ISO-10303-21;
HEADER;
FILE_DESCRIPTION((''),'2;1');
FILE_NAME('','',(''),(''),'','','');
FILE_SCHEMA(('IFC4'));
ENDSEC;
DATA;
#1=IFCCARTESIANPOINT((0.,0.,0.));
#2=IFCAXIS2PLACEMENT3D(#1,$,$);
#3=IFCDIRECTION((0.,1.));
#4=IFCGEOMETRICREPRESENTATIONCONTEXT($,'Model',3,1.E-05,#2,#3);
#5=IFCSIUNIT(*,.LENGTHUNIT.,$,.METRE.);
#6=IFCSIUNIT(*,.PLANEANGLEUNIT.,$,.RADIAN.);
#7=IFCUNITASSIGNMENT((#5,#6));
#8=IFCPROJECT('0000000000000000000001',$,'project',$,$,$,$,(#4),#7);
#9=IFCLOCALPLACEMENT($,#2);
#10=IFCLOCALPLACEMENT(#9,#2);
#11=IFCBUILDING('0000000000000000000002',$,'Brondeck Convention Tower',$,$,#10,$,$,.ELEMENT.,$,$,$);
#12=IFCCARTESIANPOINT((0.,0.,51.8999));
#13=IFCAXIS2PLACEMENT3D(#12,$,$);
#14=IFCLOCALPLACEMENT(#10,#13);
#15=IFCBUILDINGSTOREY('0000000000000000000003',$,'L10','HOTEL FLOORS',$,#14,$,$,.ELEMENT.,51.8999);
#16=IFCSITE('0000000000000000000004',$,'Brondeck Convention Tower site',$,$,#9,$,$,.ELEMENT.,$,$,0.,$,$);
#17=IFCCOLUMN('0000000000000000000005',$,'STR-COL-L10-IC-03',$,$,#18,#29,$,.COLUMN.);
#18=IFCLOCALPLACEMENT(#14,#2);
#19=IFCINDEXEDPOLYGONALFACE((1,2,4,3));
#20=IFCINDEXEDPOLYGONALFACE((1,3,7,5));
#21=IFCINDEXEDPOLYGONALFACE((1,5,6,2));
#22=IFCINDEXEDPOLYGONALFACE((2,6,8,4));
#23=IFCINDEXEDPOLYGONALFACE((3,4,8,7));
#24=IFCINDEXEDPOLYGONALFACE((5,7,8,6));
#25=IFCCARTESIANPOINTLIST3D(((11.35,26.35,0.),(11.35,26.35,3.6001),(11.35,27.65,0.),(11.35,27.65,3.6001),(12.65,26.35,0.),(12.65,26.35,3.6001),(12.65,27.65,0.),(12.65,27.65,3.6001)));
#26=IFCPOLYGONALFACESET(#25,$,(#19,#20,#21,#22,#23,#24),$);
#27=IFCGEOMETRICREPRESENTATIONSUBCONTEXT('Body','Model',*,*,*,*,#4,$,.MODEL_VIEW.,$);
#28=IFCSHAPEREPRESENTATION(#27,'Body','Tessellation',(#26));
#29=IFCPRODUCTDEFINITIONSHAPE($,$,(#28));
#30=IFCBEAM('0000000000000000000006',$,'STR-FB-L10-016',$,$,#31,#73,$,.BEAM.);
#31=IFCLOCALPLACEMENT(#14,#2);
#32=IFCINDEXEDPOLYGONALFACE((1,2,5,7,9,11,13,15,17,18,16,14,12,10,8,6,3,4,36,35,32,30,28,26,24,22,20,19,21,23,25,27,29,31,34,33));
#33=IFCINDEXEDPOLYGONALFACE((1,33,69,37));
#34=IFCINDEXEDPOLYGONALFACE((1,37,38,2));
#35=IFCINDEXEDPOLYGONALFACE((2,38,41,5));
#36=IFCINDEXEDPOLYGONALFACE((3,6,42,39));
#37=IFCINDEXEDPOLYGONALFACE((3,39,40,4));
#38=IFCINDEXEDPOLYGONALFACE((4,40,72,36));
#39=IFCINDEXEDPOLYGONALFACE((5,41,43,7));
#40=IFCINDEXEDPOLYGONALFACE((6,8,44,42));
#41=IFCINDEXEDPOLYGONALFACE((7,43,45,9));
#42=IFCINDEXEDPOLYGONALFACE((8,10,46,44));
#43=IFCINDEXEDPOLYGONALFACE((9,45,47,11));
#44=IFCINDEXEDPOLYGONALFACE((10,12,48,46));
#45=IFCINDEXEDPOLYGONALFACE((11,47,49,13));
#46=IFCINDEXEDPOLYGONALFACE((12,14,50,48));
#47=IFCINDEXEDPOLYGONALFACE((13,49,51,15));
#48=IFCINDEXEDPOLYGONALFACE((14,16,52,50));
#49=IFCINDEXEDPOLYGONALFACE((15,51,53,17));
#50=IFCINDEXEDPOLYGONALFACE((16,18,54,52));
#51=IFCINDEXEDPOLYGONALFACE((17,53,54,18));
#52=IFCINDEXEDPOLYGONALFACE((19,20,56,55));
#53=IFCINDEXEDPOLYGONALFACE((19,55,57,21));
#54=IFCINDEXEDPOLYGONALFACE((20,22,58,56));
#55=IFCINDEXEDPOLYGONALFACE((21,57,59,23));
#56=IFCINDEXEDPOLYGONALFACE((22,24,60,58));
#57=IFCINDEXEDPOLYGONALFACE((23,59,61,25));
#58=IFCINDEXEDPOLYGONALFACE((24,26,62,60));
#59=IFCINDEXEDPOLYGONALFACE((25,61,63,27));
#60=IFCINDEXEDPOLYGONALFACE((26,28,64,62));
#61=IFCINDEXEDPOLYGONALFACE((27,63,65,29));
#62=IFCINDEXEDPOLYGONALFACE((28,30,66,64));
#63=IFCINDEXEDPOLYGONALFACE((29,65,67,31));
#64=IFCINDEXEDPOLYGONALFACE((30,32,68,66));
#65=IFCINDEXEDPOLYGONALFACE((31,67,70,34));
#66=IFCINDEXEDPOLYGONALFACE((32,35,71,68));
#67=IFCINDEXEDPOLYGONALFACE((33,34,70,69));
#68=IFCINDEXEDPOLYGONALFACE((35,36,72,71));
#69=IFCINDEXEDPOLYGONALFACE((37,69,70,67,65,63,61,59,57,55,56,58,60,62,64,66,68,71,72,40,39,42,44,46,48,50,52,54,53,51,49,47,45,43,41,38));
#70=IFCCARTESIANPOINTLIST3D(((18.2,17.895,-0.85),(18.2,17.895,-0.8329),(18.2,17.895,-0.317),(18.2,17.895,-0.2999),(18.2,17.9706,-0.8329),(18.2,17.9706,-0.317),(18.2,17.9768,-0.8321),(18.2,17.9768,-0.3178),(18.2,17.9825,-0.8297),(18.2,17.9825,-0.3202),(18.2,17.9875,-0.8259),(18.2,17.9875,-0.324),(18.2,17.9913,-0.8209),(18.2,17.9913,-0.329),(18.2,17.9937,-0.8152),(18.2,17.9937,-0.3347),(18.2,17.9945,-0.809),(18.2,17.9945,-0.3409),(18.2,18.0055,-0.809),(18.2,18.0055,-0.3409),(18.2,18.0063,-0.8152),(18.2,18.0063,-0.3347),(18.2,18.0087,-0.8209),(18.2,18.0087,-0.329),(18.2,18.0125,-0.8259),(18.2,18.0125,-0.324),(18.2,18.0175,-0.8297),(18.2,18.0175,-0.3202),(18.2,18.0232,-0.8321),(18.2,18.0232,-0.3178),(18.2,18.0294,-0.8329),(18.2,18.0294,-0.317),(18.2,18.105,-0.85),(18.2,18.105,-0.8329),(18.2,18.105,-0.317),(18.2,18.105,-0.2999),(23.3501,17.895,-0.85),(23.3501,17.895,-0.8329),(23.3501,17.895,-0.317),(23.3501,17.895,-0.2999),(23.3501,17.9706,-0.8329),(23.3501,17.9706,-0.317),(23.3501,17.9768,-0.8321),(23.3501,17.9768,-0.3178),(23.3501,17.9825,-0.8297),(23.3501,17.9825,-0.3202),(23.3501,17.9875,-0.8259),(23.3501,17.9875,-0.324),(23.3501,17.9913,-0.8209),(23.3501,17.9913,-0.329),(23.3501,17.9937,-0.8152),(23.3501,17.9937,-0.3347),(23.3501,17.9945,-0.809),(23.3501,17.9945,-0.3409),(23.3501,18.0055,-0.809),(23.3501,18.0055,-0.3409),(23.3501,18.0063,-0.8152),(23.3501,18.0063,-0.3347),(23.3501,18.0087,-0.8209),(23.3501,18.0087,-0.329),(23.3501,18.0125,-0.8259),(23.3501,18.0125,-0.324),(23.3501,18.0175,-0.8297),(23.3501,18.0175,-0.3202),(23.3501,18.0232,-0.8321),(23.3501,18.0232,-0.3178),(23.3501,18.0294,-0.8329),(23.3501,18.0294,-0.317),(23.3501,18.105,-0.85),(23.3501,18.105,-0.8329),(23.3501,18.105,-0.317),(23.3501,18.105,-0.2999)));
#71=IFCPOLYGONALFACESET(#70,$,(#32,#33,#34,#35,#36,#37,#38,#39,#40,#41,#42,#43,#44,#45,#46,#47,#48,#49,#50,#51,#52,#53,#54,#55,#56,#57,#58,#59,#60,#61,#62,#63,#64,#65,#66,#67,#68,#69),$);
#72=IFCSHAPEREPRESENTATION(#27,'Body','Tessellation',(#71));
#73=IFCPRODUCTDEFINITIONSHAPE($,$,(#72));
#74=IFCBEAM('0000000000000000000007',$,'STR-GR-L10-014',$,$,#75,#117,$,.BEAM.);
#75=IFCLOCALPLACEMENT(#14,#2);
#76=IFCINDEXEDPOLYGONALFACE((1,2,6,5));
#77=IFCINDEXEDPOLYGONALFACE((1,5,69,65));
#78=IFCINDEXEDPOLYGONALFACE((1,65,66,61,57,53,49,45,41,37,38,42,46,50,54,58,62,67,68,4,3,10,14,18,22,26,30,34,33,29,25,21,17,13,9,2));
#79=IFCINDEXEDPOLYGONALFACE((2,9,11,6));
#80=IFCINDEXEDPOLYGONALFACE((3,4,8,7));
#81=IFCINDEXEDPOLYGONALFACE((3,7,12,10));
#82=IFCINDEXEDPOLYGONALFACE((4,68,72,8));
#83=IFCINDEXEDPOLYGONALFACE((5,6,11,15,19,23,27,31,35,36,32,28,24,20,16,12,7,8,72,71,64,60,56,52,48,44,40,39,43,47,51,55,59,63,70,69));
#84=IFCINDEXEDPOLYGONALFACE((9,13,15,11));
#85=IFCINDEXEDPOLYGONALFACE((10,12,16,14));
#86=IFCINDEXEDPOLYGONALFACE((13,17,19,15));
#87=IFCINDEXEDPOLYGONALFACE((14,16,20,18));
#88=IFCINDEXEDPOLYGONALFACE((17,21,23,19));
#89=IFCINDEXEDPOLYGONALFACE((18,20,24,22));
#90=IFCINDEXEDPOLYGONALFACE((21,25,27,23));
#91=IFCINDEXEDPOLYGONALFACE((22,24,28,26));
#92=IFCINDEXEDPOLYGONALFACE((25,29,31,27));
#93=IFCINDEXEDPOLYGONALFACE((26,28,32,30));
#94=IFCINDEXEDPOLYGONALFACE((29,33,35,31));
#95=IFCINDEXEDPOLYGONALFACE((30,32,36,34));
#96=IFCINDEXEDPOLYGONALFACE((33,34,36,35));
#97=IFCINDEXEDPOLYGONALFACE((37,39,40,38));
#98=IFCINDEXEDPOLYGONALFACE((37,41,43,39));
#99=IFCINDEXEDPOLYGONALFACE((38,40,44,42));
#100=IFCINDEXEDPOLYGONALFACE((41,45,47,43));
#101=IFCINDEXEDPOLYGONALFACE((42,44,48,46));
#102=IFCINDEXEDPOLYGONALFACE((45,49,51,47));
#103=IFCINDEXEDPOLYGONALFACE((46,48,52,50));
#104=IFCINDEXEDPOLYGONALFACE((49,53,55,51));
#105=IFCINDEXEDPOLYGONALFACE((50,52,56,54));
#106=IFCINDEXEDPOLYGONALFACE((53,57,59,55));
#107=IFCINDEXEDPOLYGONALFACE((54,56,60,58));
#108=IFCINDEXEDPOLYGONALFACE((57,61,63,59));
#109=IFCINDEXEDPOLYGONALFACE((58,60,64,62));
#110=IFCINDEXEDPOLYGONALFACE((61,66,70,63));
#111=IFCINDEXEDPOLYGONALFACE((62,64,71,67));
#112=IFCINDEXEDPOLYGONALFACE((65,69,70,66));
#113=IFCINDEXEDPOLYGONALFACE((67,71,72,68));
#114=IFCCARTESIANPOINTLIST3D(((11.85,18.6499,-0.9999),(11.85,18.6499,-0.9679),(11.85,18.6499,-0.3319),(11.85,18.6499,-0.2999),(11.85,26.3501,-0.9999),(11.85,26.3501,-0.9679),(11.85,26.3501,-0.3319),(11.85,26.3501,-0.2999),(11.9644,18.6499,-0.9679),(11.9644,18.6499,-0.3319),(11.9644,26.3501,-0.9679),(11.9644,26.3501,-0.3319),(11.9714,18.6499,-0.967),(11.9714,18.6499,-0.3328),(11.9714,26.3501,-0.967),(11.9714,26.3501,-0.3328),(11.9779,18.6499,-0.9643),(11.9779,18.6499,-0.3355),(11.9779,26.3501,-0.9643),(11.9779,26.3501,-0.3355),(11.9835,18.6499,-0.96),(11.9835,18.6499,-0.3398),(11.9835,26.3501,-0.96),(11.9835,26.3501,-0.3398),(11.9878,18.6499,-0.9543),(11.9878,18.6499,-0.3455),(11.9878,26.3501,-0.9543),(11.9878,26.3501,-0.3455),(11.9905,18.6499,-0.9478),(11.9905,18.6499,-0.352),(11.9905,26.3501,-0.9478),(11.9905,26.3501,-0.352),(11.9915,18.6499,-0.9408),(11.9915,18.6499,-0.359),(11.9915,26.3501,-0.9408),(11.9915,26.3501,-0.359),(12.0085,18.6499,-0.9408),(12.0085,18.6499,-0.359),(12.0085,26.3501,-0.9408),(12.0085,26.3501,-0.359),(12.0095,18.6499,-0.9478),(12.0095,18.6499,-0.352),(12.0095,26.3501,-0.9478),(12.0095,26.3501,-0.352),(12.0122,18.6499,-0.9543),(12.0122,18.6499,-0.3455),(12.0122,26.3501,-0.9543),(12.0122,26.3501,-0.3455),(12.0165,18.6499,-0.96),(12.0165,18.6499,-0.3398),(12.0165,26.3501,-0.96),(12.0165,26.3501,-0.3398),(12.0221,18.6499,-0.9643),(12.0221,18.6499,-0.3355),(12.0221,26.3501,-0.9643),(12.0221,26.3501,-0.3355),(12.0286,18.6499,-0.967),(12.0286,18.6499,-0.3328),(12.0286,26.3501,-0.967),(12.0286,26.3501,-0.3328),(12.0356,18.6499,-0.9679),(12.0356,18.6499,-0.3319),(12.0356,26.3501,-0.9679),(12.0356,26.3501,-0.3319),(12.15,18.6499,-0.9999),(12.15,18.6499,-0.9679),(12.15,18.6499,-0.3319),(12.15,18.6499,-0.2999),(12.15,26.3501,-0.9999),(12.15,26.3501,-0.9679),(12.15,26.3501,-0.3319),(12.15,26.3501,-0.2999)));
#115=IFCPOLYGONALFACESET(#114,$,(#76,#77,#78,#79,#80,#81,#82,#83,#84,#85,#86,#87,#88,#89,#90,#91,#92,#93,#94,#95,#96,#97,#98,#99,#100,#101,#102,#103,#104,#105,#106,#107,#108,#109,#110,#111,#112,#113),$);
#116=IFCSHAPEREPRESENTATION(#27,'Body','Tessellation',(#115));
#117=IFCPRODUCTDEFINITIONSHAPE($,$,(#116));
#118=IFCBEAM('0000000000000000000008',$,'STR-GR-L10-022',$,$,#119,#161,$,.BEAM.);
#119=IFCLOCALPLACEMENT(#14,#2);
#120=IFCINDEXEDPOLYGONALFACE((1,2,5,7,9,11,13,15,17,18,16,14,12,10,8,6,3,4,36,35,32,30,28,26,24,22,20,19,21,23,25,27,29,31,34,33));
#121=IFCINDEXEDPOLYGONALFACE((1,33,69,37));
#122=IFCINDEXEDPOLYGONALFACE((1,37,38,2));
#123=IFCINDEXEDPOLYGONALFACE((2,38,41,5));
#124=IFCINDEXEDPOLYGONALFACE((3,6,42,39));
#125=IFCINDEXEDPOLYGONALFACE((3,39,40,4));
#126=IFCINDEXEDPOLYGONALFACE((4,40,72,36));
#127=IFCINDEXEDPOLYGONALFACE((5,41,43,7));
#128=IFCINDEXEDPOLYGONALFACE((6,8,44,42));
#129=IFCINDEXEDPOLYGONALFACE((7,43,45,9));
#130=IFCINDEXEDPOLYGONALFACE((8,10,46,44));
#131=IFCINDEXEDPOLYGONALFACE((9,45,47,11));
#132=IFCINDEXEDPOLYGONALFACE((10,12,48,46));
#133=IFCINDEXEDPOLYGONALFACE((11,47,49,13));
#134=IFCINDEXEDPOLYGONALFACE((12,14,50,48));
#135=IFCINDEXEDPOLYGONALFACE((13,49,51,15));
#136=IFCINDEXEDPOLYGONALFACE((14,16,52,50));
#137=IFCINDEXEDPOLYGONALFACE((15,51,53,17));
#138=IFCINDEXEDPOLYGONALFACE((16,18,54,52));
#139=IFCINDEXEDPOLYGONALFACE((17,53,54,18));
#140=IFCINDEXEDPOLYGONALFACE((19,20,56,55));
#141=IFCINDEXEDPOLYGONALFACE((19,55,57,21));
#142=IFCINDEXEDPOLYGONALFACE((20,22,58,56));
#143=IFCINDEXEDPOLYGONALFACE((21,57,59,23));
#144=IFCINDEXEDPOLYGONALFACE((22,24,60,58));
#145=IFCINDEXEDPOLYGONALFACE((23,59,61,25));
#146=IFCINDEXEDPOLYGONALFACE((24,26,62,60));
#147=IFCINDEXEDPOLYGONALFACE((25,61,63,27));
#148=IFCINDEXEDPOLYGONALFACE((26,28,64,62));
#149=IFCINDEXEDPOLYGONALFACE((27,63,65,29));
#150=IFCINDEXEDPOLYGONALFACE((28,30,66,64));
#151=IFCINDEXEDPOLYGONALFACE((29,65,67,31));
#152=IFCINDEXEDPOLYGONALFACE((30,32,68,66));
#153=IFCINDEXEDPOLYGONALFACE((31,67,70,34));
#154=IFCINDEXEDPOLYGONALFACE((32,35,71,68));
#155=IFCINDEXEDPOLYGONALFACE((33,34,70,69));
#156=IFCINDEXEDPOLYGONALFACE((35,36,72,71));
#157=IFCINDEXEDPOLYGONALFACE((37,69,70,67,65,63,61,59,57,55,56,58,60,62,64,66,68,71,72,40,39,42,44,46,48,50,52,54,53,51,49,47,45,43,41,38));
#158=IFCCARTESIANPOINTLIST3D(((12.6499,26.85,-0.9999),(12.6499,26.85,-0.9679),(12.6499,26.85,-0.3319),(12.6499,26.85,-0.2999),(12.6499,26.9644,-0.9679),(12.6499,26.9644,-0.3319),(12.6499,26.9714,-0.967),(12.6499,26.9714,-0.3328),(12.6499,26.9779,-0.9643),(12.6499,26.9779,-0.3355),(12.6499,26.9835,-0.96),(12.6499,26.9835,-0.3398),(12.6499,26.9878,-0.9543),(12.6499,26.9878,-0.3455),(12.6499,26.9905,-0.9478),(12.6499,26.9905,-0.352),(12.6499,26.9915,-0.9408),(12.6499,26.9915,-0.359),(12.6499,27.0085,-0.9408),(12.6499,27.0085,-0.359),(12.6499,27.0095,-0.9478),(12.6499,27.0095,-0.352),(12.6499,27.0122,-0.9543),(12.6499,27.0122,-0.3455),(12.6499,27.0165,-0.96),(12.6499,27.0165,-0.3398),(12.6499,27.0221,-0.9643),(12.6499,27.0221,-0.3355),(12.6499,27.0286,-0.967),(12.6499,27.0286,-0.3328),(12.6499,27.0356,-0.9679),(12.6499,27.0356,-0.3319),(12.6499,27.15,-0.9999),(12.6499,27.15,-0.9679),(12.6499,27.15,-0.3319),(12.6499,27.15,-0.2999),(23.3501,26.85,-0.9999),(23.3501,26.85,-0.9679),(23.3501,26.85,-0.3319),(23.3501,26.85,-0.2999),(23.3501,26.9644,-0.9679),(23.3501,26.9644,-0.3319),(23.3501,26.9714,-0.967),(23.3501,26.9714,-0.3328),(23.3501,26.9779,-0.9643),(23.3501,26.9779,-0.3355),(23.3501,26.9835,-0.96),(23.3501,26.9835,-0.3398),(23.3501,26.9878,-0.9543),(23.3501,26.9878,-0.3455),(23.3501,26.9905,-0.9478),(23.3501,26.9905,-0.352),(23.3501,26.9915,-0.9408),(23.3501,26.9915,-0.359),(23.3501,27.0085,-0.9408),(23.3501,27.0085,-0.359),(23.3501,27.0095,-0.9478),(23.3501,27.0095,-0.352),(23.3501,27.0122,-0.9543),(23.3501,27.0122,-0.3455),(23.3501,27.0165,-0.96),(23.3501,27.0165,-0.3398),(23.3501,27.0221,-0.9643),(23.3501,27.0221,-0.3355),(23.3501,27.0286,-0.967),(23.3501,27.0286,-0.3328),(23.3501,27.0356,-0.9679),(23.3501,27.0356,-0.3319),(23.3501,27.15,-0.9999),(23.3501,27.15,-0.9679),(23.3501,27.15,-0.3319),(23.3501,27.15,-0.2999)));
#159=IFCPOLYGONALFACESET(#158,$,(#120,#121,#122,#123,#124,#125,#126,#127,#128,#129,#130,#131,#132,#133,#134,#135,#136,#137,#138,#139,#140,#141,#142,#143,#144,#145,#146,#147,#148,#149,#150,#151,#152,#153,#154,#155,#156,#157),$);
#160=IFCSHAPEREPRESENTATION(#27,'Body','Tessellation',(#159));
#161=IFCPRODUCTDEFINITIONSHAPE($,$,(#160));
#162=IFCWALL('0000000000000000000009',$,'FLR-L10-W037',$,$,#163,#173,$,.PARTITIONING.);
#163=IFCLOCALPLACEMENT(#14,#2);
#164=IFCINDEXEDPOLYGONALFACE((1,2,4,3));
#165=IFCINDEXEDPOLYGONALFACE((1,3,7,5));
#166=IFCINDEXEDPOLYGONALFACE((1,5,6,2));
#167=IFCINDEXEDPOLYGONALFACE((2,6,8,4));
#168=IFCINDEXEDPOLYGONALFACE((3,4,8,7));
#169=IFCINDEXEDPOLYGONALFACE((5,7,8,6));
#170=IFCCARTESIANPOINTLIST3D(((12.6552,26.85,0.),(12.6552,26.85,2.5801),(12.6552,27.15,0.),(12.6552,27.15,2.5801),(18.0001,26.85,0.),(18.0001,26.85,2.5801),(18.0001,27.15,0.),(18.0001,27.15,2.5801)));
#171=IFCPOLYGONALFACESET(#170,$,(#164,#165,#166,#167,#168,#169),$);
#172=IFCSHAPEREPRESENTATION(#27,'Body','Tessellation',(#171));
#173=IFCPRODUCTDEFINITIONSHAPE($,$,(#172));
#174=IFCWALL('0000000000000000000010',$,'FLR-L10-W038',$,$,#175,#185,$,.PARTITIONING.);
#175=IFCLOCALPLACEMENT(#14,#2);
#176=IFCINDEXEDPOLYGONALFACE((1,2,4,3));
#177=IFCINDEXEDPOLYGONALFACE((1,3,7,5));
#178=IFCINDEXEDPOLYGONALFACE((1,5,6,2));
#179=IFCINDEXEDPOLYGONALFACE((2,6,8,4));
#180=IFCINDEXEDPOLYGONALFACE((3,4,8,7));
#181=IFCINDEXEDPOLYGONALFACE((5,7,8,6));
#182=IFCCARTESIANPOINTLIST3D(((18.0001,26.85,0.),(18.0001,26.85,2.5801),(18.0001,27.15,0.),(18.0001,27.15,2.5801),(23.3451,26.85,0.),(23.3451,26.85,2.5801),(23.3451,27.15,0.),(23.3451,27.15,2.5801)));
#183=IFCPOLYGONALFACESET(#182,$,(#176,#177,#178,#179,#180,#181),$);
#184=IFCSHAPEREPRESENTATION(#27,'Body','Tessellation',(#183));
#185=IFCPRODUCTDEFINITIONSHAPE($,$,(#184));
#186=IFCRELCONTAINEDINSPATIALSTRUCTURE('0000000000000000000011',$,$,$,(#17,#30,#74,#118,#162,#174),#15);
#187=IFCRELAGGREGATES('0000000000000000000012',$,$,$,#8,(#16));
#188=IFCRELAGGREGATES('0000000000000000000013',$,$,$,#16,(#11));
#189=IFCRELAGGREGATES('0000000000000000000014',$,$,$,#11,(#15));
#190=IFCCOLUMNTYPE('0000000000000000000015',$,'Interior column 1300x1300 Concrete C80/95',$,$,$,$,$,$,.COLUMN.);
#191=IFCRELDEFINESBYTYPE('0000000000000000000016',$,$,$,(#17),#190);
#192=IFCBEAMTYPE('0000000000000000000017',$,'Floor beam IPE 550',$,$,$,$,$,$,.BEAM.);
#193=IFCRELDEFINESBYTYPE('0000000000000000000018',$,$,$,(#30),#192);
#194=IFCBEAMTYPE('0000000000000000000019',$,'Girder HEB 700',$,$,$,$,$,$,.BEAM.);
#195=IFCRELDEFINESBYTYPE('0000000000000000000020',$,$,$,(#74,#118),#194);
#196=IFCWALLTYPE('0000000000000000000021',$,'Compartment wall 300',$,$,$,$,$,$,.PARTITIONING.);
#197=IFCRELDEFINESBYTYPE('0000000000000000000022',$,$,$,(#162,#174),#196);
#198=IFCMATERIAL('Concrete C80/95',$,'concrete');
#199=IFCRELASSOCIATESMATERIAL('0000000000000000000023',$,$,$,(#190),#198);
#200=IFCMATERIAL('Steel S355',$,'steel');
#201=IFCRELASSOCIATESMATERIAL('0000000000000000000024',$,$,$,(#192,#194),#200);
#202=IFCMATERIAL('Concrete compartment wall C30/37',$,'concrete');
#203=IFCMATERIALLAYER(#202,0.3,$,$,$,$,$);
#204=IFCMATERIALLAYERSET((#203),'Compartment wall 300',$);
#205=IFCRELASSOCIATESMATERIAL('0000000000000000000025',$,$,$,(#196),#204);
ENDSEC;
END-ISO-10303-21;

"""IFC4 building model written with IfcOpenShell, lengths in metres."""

from ifc_helpers import new_model, si_unit, direction, frame, frame_2d, origin, origin_2d, place, context, subcontext, project, spatial, rectangle, i_section, extrude, material, layer, layer_set, material_profile, profile_set, type_object, element, save


model = new_model("IFC4")

# Units and contexts
model_context = context("Model", 3, precision=1e-05, world=origin(), true_north=direction((0.0, 1.0)))
body_context = subcontext(model_context, "Body", "Model", "MODEL_VIEW")
ifc_project = project(units=[si_unit("LENGTHUNIT", "METRE"), si_unit("PLANEANGLEUNIT", "RADIAN")], contexts=[model_context])

# Site, building, storey
site_placement = place(None, origin())
site = spatial("IfcSite", under=ifc_project, at=site_placement, Name="Brondeck Convention Tower site", CompositionType="ELEMENT", RefElevation=0.0)
building_placement = place(site_placement, origin())
building = spatial("IfcBuilding", under=site, at=building_placement, Name="Brondeck Convention Tower", CompositionType="ELEMENT")
storey_placement = place(building_placement, frame((0.0, 0.0, 51.8999)))
storey = spatial("IfcBuildingStorey", under=building, at=storey_placement, Name="L10", Description="HOTEL FLOORS", CompositionType="ELEMENT", Elevation=51.8999)

# Column
ifc_material_1 = material(Name="Concrete C80/95", Category="concrete")
ifc_material_profile_1 = material_profile(ifc_material_1, rectangle(XDim=1.3, YDim=1.3, at=origin_2d()), Name="Interior column 1300x1300 Concrete C80/95")
ifc_profile_set_1 = profile_set([ifc_material_profile_1], Name="Concrete C80/95")
column_type = type_object("IfcColumnType", Name="Interior column 1300x1300 Concrete C80/95", PredefinedType="COLUMN", material=ifc_profile_set_1)
column_placement = place(storey_placement, frame((12.0, 27.0, 0.0), z_axis=(0.0, 0.0, 1.0), x_axis=(1.0, 0.0, 0.0)))
element("IfcColumn", 1, at=column_placement, inside=storey, type_object=column_type, Name="STR-COL-L10-IC-03", PredefinedType="COLUMN", context=body_context, shape_type="SweptSolid", body=[
    extrude(rectangle(XDim=1.3, YDim=1.3, at=origin_2d()), origin(), (0.0, 0.0, 1.0), 3.6001),
])

# Beams
ifc_material_2 = material(Name="Steel S355", Category="steel")
ifc_material_profile_2 = material_profile(ifc_material_2, i_section(OverallWidth=0.21, OverallDepth=0.55, WebThickness=0.011, FlangeThickness=0.0171, FilletRadius=0.0239, at=origin_2d()), Name="IPE 550")
ifc_profile_set_2 = profile_set([ifc_material_profile_2], Name="Steel S355")
beam_type_1 = type_object("IfcBeamType", Name="Floor beam IPE 550", PredefinedType="BEAM", material=ifc_profile_set_2)
beam_1_placement = place(storey_placement, frame((18.2, 18.0, -0.575), z_axis=(1.0, 0.0, 0.0), x_axis=(0.0, 1.0, 0.0)))
element("IfcBeam", 2, at=beam_1_placement, inside=storey, type_object=beam_type_1, Name="STR-FB-L10-016", PredefinedType="BEAM", context=body_context, shape_type="SweptSolid", body=[
    extrude(i_section(OverallWidth=0.21, OverallDepth=0.55, WebThickness=0.011, FlangeThickness=0.0171, FilletRadius=0.0239, at=origin_2d()), origin(), (0.0, 0.0, 1.0), 5.1501),
])
ifc_material_profile_3 = material_profile(ifc_material_2, i_section(OverallWidth=0.3, OverallDepth=0.7, WebThickness=0.0171, FlangeThickness=0.032, FilletRadius=0.0271, at=origin_2d()), Name="HEB 700")
ifc_profile_set_3 = profile_set([ifc_material_profile_3], Name="Steel S355")
beam_type_2 = type_object("IfcBeamType", Name="Girder HEB 700", PredefinedType="BEAM", material=ifc_profile_set_3)
beam_2_placement = place(storey_placement, frame((12.0, 26.3501, -0.6499), z_axis=(0.0, -1.0, 0.0), x_axis=(1.0, 0.0, 0.0)))
element("IfcBeam", 3, at=beam_2_placement, inside=storey, type_object=beam_type_2, Name="STR-GR-L10-014", PredefinedType="BEAM", context=body_context, shape_type="SweptSolid", body=[
    extrude(i_section(OverallWidth=0.3, OverallDepth=0.7, WebThickness=0.0171, FlangeThickness=0.032, FilletRadius=0.0271, at=origin_2d()), origin(), (0.0, 0.0, 1.0), 7.7002),
])
beam_3_placement = place(storey_placement, frame((12.6499, 27.0, -0.6499), z_axis=(1.0, 0.0, 0.0), x_axis=(0.0, 1.0, 0.0)))
element("IfcBeam", 4, at=beam_3_placement, inside=storey, type_object=beam_type_2, Name="STR-GR-L10-022", PredefinedType="BEAM", context=body_context, shape_type="SweptSolid", body=[
    extrude(i_section(OverallWidth=0.3, OverallDepth=0.7, WebThickness=0.0171, FlangeThickness=0.032, FilletRadius=0.0271, at=origin_2d()), origin(), (0.0, 0.0, 1.0), 10.7002),
])

# Walls
ifc_material_3 = material(Name="Concrete compartment wall C30/37", Category="concrete")
ifc_layer_1 = layer(ifc_material_3, 0.3)
ifc_layer_set_1 = layer_set([ifc_layer_1], Name="Compartment wall 300")
wall_type_1 = type_object("IfcWallType", Name="Compartment wall 300", PredefinedType="PARTITIONING", material=ifc_layer_set_1)
for number, where, z_axis, x_axis, name in (
    (5, (18.0, 27.0, 0.0), (0.0, 0.0, 1.0), (-1.0, 0.0, 0.0), "FLR-L10-W037"),
    (6, (23.345, 27.0, 0.0), (0.0, 0.0, 1.0), (-1.0, 0.0, 0.0), "FLR-L10-W038"),
):
    element("IfcWall", number, at=place(storey_placement, frame(where, z_axis=z_axis, x_axis=x_axis)), inside=storey, type_object=wall_type_1, Name=name, PredefinedType="PARTITIONING", context=body_context, shape_type="SweptSolid", body=[
        extrude(rectangle(XDim=5.345, YDim=0.3, at=frame_2d((2.6724, 0.0))), origin(), (0.0, 0.0, 1.0), 2.5801),
    ])

save(model, "model.ifc")
